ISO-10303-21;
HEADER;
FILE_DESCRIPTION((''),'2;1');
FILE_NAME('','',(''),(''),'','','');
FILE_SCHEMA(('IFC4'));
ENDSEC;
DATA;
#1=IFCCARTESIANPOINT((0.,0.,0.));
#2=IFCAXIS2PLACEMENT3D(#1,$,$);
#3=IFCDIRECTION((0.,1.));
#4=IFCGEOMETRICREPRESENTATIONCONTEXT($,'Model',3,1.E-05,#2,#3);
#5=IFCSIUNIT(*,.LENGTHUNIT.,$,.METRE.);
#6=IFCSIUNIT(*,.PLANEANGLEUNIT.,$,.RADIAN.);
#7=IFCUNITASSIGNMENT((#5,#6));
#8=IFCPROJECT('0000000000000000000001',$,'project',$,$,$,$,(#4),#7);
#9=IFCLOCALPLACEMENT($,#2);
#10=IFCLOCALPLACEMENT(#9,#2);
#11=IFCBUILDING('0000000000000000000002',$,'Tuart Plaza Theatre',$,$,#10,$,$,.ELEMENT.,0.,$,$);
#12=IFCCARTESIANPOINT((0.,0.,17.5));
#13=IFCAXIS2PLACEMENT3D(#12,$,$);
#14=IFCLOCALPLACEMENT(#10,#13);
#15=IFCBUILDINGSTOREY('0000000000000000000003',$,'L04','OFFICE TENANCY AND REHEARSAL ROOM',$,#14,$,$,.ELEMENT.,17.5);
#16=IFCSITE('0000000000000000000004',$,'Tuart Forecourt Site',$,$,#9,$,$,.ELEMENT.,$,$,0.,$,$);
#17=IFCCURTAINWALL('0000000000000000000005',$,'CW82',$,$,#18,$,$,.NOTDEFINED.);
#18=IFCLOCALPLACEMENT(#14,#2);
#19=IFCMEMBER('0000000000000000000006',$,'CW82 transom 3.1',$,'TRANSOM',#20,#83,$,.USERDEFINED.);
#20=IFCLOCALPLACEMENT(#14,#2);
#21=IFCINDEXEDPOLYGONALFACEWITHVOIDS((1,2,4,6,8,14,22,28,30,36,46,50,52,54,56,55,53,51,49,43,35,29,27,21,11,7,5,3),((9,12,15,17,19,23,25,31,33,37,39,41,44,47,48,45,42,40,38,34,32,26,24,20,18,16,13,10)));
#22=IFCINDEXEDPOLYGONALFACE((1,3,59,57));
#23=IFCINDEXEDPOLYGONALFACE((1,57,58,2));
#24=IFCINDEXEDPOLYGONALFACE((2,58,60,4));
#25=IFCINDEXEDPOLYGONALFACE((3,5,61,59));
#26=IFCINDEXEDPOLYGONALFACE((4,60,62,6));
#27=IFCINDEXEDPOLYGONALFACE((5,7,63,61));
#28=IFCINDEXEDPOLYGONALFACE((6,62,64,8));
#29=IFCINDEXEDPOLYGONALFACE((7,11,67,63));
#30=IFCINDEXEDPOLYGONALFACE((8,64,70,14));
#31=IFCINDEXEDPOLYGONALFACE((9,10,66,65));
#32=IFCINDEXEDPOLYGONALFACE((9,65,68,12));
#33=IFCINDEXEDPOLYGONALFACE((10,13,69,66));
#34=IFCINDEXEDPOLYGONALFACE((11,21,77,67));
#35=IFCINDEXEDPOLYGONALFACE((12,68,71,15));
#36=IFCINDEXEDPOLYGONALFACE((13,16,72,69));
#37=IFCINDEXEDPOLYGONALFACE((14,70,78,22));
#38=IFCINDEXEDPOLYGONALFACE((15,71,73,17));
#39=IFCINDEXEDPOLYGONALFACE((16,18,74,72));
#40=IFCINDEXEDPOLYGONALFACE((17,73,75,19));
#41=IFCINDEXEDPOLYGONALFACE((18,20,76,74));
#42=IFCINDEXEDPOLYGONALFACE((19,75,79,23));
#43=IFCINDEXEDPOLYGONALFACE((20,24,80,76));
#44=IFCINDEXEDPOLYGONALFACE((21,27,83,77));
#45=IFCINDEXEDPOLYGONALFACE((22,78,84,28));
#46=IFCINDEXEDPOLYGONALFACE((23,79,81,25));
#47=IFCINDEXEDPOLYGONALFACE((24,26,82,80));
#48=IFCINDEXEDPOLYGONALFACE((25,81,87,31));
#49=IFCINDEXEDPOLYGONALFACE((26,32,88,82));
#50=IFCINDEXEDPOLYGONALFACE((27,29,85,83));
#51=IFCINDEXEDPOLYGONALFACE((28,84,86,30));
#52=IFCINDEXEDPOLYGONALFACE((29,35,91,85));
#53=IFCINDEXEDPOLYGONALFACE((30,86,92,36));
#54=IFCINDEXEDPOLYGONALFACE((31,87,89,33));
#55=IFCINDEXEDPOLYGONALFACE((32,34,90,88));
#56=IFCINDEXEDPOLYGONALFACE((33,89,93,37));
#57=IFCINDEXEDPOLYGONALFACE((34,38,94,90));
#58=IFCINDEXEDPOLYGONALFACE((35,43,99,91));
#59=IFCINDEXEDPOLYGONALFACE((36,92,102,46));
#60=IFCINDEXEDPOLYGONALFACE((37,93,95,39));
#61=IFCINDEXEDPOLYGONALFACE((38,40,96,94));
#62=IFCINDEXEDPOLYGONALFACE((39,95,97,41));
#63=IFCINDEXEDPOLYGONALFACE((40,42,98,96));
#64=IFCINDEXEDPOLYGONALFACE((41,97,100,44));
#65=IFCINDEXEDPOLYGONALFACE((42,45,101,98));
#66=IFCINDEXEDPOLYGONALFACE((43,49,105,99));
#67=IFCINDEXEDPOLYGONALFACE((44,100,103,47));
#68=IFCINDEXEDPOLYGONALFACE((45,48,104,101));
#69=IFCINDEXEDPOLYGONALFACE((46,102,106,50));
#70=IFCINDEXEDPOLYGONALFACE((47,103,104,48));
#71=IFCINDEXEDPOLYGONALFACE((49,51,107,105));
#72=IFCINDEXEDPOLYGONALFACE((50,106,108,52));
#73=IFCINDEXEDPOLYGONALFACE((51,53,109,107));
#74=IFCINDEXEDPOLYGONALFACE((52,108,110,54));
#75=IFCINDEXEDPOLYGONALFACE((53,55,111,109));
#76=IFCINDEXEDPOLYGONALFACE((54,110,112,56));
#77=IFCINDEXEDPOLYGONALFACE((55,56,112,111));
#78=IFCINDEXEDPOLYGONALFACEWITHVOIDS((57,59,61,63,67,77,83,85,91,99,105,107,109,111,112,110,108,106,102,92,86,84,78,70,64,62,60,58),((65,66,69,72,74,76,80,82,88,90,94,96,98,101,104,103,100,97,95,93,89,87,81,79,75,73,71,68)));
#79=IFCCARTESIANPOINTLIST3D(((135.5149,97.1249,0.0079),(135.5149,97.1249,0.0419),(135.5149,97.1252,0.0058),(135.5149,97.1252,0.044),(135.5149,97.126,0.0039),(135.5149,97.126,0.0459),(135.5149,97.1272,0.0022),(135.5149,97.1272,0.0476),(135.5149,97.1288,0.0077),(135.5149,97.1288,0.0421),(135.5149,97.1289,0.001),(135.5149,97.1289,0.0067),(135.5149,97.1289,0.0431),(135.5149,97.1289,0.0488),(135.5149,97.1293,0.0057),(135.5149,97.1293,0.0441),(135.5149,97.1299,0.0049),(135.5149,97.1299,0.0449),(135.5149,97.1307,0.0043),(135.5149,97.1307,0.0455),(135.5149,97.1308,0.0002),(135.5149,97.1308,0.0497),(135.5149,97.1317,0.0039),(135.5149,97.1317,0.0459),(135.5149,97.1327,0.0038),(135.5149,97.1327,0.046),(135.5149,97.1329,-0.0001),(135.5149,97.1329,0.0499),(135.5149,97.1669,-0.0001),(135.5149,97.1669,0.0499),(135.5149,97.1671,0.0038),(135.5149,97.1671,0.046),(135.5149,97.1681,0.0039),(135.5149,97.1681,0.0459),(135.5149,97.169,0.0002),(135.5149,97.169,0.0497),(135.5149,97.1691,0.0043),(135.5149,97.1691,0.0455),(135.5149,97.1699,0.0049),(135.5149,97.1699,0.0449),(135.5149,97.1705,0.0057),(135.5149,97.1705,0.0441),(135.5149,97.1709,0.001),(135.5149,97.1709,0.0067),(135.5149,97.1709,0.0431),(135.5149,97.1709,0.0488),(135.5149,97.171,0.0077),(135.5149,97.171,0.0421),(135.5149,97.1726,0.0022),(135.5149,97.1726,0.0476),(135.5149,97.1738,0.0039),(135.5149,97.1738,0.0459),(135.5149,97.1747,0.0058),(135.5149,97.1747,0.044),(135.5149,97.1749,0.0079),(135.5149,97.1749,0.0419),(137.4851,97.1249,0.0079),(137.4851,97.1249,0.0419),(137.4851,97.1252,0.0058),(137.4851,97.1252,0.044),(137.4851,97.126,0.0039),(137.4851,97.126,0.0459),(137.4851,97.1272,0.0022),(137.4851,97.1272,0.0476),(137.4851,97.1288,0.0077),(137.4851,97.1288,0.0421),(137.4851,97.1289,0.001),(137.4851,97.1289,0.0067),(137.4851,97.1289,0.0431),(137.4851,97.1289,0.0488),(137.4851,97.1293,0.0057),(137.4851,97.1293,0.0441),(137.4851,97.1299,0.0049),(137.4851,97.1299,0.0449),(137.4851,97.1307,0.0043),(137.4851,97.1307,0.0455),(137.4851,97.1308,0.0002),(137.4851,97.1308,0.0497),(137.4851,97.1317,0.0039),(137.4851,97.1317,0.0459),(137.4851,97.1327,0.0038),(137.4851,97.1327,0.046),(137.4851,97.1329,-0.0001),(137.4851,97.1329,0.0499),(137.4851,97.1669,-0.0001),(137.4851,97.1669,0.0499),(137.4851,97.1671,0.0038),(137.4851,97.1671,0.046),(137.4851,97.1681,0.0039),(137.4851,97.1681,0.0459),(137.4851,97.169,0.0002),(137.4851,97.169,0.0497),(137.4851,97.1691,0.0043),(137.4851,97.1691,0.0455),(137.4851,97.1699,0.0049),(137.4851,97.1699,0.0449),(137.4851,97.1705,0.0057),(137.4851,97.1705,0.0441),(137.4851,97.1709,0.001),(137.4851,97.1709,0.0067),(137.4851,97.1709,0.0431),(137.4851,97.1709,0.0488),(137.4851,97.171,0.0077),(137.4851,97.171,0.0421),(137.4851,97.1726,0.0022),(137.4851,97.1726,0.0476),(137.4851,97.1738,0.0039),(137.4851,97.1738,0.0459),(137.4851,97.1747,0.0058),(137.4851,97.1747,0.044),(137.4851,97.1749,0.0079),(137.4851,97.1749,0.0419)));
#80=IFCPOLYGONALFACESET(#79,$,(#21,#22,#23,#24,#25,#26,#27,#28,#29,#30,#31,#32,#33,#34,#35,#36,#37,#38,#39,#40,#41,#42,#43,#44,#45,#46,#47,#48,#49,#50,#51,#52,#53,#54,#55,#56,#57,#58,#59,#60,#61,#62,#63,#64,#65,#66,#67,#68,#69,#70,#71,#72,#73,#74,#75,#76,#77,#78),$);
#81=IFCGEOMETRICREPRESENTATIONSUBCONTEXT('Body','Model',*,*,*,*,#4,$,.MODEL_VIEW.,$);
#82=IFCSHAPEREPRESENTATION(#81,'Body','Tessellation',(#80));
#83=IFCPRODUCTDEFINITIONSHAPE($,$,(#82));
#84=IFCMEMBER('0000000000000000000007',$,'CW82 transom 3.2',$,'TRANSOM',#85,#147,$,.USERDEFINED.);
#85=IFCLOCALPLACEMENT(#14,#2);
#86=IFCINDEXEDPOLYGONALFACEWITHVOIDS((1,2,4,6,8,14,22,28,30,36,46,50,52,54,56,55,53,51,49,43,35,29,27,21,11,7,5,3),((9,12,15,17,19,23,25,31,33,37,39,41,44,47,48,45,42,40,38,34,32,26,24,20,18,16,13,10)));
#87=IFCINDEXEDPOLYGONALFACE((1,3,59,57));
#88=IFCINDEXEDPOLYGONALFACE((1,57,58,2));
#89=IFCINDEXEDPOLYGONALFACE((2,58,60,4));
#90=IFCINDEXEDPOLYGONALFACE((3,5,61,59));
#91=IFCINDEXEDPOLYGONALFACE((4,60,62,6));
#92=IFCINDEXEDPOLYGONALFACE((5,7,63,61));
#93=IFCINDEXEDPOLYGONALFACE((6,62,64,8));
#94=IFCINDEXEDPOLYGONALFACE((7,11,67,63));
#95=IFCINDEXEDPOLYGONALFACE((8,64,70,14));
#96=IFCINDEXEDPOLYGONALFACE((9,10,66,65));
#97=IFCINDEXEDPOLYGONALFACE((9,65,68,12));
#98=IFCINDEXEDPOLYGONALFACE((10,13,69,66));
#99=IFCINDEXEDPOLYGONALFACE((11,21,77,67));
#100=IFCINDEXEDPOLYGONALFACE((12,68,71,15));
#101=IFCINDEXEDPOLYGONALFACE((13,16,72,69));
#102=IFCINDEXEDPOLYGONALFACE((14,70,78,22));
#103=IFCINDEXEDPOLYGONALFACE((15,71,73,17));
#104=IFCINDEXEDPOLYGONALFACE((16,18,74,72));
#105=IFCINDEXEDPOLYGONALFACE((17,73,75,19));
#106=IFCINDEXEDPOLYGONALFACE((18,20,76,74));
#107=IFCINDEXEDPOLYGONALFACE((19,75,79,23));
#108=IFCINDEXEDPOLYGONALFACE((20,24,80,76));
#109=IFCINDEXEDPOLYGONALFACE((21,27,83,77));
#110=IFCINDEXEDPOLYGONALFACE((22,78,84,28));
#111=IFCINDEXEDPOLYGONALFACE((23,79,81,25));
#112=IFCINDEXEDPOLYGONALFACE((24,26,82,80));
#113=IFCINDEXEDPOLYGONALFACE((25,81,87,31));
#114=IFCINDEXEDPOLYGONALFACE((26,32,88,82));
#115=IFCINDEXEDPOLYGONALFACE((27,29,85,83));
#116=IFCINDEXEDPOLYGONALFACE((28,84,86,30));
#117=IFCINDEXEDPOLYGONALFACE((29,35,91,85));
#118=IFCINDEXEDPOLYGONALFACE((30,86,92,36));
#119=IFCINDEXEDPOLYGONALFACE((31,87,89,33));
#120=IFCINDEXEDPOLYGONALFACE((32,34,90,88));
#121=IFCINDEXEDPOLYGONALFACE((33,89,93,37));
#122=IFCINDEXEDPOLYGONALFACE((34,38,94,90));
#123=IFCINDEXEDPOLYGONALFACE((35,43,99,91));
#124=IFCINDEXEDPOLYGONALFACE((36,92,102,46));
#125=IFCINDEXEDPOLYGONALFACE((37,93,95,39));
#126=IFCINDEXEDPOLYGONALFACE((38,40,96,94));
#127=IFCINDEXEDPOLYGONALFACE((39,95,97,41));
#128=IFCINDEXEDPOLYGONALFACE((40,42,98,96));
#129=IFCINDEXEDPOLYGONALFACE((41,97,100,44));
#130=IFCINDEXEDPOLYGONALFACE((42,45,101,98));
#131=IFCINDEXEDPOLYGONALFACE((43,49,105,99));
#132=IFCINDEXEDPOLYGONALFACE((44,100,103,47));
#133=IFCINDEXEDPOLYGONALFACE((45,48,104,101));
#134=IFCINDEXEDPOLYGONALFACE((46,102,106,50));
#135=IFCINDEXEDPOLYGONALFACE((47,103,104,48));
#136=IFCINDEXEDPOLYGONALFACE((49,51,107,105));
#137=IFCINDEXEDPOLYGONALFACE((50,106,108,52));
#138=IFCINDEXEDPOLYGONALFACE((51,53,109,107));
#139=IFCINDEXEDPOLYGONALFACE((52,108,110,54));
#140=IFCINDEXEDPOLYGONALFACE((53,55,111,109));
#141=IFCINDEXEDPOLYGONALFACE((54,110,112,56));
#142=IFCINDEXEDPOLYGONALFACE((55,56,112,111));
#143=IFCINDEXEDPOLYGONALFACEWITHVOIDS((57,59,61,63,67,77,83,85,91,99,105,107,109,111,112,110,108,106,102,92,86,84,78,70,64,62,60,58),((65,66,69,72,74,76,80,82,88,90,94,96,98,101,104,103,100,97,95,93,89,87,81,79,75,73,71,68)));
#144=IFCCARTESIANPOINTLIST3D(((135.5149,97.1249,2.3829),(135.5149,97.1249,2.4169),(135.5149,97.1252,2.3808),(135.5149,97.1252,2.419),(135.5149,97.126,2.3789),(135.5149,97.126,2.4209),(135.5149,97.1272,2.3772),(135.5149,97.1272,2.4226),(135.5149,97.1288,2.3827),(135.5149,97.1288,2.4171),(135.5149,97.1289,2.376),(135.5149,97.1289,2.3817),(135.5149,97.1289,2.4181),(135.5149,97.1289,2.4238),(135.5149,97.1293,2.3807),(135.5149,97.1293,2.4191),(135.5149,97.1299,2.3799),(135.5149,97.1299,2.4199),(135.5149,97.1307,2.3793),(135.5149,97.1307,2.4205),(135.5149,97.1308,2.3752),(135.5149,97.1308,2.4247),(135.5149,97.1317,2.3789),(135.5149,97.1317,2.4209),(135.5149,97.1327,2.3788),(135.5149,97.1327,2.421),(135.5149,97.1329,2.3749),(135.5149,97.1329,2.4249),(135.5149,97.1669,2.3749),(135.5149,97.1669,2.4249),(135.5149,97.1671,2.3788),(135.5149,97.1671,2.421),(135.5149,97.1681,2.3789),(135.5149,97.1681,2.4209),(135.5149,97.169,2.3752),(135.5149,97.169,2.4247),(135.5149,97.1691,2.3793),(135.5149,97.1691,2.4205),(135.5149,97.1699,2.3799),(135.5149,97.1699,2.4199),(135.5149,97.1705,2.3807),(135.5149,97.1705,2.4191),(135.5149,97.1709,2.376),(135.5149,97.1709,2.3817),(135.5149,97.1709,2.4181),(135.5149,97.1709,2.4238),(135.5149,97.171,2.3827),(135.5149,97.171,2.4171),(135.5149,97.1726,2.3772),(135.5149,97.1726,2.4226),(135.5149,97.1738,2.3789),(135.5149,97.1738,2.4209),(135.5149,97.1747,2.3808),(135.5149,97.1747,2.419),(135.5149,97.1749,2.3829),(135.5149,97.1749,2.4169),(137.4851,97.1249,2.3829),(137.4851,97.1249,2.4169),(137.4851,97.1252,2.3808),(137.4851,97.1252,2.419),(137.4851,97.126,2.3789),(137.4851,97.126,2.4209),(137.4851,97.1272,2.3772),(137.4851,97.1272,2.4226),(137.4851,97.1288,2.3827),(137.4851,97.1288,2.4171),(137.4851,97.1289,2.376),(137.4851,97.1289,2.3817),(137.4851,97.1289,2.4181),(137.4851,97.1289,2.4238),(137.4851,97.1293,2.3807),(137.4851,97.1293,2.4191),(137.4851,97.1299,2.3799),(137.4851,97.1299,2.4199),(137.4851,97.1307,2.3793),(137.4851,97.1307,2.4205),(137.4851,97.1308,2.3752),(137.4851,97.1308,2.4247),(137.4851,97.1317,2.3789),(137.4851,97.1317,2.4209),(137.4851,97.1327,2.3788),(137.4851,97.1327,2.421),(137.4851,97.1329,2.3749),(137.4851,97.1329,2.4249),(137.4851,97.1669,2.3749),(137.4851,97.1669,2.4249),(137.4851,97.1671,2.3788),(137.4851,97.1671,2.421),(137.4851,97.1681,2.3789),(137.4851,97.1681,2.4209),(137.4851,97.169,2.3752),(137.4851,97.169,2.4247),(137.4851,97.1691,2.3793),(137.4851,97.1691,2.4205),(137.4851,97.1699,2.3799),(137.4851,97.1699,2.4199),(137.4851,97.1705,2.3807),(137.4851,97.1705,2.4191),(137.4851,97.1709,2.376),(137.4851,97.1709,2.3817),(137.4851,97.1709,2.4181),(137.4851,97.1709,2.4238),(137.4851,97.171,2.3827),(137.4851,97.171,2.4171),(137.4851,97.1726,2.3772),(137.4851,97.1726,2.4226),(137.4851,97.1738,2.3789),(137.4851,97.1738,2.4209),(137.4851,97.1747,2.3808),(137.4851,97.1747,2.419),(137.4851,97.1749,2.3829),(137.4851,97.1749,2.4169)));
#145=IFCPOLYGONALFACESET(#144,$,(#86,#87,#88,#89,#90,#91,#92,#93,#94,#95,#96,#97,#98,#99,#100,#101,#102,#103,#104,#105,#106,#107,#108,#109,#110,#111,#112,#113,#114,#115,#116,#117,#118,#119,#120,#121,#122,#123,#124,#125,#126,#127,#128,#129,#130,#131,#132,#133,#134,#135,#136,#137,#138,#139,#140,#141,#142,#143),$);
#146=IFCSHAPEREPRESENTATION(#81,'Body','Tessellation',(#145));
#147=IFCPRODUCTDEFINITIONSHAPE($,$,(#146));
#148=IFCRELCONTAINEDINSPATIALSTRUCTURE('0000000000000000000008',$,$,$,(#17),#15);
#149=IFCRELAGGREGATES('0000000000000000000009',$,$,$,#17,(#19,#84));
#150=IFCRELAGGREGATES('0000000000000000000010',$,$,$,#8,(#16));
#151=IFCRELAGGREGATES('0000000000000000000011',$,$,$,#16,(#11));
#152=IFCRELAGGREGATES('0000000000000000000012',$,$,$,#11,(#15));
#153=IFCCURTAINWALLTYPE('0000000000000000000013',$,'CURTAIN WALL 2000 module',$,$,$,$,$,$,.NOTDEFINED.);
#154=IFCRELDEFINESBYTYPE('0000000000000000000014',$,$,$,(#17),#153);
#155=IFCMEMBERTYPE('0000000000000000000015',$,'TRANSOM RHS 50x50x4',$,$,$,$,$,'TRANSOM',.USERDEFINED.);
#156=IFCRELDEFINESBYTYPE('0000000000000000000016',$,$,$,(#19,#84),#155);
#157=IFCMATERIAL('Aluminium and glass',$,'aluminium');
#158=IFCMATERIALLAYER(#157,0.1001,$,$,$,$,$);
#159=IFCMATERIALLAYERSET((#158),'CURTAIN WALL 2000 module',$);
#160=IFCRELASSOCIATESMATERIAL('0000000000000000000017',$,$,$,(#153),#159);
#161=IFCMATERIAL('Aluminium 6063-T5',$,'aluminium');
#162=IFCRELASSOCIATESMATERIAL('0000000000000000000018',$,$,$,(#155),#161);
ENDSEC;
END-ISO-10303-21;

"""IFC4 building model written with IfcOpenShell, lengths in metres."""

from ifc_helpers import new_model, si_unit, direction, frame, origin, origin_2d, place, context, subcontext, project, spatial, hollow_rectangle, extrude, material, layer, layer_set, material_profile, profile_set, type_object, element, aggregate, save


model = new_model("IFC4")

# Units and contexts
model_context = context("Model", 3, precision=1e-05, world=origin(), true_north=direction((0.0, 1.0)))
body_context = subcontext(model_context, "Body", "Model", "MODEL_VIEW")
ifc_project = project(units=[si_unit("LENGTHUNIT", "METRE"), si_unit("PLANEANGLEUNIT", "RADIAN")], contexts=[model_context])

# Site, building, storey
site_placement = place(None, origin())
site = spatial("IfcSite", under=ifc_project, at=site_placement, Name="Tuart Forecourt Site", CompositionType="ELEMENT", RefElevation=0.0)
building_placement = place(site_placement, origin())
building = spatial("IfcBuilding", under=site, at=building_placement, Name="Tuart Plaza Theatre", CompositionType="ELEMENT", ElevationOfRefHeight=0.0)
storey_placement = place(building_placement, frame((0.0, 0.0, 17.5)))
storey = spatial("IfcBuildingStorey", under=building, at=storey_placement, Name="L04", Description="OFFICE TENANCY AND REHEARSAL ROOM", CompositionType="ELEMENT", Elevation=17.5)

# Shared definitions
ifc_material_1 = material(Name="Aluminium and glass", Category="aluminium")
ifc_layer_1 = layer(ifc_material_1, 0.1001)
ifc_layer_set_1 = layer_set([ifc_layer_1], Name="CURTAIN WALL 2000 module")
curtain_wall_type = type_object("IfcCurtainWallType", Name="CURTAIN WALL 2000 module", PredefinedType="NOTDEFINED", material=ifc_layer_set_1)

# Curtain wall
curtain_wall_1_placement = place(storey_placement, origin())
curtain_wall_1 = element("IfcCurtainWall", 1, at=curtain_wall_1_placement, inside=storey, type_object=curtain_wall_type, Name="CW82", PredefinedType="NOTDEFINED")

# Members
ifc_material_2 = material(Name="Aluminium 6063-T5", Category="aluminium")
ifc_material_profile_1 = material_profile(ifc_material_2, hollow_rectangle(XDim=0.05, YDim=0.05, WallThickness=0.0039, InnerFilletRadius=0.0039, OuterFilletRadius=0.0081, at=origin_2d()), Name="RHS 50x50x4")
ifc_profile_set_1 = profile_set([ifc_material_profile_1], Name="Aluminium 6063-T5")
member_type_1 = type_object("IfcMemberType", Name="TRANSOM RHS 50x50x4", ElementType="TRANSOM", PredefinedType="USERDEFINED", material=ifc_profile_set_1)
member_1_placement = place(storey_placement, frame((137.4851, 97.1499, 0.0249), z_axis=(-1.0, 0.0, 0.0), x_axis=(0.0, -1.0, 0.0)))
member_1 = element("IfcMember", 2, at=member_1_placement, type_object=member_type_1, Name="CW82 transom 3.1", ObjectType="TRANSOM", PredefinedType="USERDEFINED", context=body_context, shape_type="SweptSolid", body=[
    extrude(hollow_rectangle(XDim=0.05, YDim=0.05, WallThickness=0.0039, InnerFilletRadius=0.0039, OuterFilletRadius=0.0081, at=origin_2d()), origin(), (0.0, 0.0, 1.0), 1.9702),
])
member_2_placement = place(storey_placement, frame((137.4851, 97.1499, 2.3999), z_axis=(-1.0, 0.0, 0.0), x_axis=(0.0, -1.0, 0.0)))
member_2 = element("IfcMember", 3, at=member_2_placement, type_object=member_type_1, Name="CW82 transom 3.2", ObjectType="TRANSOM", PredefinedType="USERDEFINED", context=body_context, shape_type="SweptSolid", body=[
    extrude(hollow_rectangle(XDim=0.05, YDim=0.05, WallThickness=0.0039, InnerFilletRadius=0.0039, OuterFilletRadius=0.0081, at=origin_2d()), origin(), (0.0, 0.0, 1.0), 1.9702),
])

aggregate(curtain_wall_1, [member_1, member_2])

save(model, "model.ifc")
